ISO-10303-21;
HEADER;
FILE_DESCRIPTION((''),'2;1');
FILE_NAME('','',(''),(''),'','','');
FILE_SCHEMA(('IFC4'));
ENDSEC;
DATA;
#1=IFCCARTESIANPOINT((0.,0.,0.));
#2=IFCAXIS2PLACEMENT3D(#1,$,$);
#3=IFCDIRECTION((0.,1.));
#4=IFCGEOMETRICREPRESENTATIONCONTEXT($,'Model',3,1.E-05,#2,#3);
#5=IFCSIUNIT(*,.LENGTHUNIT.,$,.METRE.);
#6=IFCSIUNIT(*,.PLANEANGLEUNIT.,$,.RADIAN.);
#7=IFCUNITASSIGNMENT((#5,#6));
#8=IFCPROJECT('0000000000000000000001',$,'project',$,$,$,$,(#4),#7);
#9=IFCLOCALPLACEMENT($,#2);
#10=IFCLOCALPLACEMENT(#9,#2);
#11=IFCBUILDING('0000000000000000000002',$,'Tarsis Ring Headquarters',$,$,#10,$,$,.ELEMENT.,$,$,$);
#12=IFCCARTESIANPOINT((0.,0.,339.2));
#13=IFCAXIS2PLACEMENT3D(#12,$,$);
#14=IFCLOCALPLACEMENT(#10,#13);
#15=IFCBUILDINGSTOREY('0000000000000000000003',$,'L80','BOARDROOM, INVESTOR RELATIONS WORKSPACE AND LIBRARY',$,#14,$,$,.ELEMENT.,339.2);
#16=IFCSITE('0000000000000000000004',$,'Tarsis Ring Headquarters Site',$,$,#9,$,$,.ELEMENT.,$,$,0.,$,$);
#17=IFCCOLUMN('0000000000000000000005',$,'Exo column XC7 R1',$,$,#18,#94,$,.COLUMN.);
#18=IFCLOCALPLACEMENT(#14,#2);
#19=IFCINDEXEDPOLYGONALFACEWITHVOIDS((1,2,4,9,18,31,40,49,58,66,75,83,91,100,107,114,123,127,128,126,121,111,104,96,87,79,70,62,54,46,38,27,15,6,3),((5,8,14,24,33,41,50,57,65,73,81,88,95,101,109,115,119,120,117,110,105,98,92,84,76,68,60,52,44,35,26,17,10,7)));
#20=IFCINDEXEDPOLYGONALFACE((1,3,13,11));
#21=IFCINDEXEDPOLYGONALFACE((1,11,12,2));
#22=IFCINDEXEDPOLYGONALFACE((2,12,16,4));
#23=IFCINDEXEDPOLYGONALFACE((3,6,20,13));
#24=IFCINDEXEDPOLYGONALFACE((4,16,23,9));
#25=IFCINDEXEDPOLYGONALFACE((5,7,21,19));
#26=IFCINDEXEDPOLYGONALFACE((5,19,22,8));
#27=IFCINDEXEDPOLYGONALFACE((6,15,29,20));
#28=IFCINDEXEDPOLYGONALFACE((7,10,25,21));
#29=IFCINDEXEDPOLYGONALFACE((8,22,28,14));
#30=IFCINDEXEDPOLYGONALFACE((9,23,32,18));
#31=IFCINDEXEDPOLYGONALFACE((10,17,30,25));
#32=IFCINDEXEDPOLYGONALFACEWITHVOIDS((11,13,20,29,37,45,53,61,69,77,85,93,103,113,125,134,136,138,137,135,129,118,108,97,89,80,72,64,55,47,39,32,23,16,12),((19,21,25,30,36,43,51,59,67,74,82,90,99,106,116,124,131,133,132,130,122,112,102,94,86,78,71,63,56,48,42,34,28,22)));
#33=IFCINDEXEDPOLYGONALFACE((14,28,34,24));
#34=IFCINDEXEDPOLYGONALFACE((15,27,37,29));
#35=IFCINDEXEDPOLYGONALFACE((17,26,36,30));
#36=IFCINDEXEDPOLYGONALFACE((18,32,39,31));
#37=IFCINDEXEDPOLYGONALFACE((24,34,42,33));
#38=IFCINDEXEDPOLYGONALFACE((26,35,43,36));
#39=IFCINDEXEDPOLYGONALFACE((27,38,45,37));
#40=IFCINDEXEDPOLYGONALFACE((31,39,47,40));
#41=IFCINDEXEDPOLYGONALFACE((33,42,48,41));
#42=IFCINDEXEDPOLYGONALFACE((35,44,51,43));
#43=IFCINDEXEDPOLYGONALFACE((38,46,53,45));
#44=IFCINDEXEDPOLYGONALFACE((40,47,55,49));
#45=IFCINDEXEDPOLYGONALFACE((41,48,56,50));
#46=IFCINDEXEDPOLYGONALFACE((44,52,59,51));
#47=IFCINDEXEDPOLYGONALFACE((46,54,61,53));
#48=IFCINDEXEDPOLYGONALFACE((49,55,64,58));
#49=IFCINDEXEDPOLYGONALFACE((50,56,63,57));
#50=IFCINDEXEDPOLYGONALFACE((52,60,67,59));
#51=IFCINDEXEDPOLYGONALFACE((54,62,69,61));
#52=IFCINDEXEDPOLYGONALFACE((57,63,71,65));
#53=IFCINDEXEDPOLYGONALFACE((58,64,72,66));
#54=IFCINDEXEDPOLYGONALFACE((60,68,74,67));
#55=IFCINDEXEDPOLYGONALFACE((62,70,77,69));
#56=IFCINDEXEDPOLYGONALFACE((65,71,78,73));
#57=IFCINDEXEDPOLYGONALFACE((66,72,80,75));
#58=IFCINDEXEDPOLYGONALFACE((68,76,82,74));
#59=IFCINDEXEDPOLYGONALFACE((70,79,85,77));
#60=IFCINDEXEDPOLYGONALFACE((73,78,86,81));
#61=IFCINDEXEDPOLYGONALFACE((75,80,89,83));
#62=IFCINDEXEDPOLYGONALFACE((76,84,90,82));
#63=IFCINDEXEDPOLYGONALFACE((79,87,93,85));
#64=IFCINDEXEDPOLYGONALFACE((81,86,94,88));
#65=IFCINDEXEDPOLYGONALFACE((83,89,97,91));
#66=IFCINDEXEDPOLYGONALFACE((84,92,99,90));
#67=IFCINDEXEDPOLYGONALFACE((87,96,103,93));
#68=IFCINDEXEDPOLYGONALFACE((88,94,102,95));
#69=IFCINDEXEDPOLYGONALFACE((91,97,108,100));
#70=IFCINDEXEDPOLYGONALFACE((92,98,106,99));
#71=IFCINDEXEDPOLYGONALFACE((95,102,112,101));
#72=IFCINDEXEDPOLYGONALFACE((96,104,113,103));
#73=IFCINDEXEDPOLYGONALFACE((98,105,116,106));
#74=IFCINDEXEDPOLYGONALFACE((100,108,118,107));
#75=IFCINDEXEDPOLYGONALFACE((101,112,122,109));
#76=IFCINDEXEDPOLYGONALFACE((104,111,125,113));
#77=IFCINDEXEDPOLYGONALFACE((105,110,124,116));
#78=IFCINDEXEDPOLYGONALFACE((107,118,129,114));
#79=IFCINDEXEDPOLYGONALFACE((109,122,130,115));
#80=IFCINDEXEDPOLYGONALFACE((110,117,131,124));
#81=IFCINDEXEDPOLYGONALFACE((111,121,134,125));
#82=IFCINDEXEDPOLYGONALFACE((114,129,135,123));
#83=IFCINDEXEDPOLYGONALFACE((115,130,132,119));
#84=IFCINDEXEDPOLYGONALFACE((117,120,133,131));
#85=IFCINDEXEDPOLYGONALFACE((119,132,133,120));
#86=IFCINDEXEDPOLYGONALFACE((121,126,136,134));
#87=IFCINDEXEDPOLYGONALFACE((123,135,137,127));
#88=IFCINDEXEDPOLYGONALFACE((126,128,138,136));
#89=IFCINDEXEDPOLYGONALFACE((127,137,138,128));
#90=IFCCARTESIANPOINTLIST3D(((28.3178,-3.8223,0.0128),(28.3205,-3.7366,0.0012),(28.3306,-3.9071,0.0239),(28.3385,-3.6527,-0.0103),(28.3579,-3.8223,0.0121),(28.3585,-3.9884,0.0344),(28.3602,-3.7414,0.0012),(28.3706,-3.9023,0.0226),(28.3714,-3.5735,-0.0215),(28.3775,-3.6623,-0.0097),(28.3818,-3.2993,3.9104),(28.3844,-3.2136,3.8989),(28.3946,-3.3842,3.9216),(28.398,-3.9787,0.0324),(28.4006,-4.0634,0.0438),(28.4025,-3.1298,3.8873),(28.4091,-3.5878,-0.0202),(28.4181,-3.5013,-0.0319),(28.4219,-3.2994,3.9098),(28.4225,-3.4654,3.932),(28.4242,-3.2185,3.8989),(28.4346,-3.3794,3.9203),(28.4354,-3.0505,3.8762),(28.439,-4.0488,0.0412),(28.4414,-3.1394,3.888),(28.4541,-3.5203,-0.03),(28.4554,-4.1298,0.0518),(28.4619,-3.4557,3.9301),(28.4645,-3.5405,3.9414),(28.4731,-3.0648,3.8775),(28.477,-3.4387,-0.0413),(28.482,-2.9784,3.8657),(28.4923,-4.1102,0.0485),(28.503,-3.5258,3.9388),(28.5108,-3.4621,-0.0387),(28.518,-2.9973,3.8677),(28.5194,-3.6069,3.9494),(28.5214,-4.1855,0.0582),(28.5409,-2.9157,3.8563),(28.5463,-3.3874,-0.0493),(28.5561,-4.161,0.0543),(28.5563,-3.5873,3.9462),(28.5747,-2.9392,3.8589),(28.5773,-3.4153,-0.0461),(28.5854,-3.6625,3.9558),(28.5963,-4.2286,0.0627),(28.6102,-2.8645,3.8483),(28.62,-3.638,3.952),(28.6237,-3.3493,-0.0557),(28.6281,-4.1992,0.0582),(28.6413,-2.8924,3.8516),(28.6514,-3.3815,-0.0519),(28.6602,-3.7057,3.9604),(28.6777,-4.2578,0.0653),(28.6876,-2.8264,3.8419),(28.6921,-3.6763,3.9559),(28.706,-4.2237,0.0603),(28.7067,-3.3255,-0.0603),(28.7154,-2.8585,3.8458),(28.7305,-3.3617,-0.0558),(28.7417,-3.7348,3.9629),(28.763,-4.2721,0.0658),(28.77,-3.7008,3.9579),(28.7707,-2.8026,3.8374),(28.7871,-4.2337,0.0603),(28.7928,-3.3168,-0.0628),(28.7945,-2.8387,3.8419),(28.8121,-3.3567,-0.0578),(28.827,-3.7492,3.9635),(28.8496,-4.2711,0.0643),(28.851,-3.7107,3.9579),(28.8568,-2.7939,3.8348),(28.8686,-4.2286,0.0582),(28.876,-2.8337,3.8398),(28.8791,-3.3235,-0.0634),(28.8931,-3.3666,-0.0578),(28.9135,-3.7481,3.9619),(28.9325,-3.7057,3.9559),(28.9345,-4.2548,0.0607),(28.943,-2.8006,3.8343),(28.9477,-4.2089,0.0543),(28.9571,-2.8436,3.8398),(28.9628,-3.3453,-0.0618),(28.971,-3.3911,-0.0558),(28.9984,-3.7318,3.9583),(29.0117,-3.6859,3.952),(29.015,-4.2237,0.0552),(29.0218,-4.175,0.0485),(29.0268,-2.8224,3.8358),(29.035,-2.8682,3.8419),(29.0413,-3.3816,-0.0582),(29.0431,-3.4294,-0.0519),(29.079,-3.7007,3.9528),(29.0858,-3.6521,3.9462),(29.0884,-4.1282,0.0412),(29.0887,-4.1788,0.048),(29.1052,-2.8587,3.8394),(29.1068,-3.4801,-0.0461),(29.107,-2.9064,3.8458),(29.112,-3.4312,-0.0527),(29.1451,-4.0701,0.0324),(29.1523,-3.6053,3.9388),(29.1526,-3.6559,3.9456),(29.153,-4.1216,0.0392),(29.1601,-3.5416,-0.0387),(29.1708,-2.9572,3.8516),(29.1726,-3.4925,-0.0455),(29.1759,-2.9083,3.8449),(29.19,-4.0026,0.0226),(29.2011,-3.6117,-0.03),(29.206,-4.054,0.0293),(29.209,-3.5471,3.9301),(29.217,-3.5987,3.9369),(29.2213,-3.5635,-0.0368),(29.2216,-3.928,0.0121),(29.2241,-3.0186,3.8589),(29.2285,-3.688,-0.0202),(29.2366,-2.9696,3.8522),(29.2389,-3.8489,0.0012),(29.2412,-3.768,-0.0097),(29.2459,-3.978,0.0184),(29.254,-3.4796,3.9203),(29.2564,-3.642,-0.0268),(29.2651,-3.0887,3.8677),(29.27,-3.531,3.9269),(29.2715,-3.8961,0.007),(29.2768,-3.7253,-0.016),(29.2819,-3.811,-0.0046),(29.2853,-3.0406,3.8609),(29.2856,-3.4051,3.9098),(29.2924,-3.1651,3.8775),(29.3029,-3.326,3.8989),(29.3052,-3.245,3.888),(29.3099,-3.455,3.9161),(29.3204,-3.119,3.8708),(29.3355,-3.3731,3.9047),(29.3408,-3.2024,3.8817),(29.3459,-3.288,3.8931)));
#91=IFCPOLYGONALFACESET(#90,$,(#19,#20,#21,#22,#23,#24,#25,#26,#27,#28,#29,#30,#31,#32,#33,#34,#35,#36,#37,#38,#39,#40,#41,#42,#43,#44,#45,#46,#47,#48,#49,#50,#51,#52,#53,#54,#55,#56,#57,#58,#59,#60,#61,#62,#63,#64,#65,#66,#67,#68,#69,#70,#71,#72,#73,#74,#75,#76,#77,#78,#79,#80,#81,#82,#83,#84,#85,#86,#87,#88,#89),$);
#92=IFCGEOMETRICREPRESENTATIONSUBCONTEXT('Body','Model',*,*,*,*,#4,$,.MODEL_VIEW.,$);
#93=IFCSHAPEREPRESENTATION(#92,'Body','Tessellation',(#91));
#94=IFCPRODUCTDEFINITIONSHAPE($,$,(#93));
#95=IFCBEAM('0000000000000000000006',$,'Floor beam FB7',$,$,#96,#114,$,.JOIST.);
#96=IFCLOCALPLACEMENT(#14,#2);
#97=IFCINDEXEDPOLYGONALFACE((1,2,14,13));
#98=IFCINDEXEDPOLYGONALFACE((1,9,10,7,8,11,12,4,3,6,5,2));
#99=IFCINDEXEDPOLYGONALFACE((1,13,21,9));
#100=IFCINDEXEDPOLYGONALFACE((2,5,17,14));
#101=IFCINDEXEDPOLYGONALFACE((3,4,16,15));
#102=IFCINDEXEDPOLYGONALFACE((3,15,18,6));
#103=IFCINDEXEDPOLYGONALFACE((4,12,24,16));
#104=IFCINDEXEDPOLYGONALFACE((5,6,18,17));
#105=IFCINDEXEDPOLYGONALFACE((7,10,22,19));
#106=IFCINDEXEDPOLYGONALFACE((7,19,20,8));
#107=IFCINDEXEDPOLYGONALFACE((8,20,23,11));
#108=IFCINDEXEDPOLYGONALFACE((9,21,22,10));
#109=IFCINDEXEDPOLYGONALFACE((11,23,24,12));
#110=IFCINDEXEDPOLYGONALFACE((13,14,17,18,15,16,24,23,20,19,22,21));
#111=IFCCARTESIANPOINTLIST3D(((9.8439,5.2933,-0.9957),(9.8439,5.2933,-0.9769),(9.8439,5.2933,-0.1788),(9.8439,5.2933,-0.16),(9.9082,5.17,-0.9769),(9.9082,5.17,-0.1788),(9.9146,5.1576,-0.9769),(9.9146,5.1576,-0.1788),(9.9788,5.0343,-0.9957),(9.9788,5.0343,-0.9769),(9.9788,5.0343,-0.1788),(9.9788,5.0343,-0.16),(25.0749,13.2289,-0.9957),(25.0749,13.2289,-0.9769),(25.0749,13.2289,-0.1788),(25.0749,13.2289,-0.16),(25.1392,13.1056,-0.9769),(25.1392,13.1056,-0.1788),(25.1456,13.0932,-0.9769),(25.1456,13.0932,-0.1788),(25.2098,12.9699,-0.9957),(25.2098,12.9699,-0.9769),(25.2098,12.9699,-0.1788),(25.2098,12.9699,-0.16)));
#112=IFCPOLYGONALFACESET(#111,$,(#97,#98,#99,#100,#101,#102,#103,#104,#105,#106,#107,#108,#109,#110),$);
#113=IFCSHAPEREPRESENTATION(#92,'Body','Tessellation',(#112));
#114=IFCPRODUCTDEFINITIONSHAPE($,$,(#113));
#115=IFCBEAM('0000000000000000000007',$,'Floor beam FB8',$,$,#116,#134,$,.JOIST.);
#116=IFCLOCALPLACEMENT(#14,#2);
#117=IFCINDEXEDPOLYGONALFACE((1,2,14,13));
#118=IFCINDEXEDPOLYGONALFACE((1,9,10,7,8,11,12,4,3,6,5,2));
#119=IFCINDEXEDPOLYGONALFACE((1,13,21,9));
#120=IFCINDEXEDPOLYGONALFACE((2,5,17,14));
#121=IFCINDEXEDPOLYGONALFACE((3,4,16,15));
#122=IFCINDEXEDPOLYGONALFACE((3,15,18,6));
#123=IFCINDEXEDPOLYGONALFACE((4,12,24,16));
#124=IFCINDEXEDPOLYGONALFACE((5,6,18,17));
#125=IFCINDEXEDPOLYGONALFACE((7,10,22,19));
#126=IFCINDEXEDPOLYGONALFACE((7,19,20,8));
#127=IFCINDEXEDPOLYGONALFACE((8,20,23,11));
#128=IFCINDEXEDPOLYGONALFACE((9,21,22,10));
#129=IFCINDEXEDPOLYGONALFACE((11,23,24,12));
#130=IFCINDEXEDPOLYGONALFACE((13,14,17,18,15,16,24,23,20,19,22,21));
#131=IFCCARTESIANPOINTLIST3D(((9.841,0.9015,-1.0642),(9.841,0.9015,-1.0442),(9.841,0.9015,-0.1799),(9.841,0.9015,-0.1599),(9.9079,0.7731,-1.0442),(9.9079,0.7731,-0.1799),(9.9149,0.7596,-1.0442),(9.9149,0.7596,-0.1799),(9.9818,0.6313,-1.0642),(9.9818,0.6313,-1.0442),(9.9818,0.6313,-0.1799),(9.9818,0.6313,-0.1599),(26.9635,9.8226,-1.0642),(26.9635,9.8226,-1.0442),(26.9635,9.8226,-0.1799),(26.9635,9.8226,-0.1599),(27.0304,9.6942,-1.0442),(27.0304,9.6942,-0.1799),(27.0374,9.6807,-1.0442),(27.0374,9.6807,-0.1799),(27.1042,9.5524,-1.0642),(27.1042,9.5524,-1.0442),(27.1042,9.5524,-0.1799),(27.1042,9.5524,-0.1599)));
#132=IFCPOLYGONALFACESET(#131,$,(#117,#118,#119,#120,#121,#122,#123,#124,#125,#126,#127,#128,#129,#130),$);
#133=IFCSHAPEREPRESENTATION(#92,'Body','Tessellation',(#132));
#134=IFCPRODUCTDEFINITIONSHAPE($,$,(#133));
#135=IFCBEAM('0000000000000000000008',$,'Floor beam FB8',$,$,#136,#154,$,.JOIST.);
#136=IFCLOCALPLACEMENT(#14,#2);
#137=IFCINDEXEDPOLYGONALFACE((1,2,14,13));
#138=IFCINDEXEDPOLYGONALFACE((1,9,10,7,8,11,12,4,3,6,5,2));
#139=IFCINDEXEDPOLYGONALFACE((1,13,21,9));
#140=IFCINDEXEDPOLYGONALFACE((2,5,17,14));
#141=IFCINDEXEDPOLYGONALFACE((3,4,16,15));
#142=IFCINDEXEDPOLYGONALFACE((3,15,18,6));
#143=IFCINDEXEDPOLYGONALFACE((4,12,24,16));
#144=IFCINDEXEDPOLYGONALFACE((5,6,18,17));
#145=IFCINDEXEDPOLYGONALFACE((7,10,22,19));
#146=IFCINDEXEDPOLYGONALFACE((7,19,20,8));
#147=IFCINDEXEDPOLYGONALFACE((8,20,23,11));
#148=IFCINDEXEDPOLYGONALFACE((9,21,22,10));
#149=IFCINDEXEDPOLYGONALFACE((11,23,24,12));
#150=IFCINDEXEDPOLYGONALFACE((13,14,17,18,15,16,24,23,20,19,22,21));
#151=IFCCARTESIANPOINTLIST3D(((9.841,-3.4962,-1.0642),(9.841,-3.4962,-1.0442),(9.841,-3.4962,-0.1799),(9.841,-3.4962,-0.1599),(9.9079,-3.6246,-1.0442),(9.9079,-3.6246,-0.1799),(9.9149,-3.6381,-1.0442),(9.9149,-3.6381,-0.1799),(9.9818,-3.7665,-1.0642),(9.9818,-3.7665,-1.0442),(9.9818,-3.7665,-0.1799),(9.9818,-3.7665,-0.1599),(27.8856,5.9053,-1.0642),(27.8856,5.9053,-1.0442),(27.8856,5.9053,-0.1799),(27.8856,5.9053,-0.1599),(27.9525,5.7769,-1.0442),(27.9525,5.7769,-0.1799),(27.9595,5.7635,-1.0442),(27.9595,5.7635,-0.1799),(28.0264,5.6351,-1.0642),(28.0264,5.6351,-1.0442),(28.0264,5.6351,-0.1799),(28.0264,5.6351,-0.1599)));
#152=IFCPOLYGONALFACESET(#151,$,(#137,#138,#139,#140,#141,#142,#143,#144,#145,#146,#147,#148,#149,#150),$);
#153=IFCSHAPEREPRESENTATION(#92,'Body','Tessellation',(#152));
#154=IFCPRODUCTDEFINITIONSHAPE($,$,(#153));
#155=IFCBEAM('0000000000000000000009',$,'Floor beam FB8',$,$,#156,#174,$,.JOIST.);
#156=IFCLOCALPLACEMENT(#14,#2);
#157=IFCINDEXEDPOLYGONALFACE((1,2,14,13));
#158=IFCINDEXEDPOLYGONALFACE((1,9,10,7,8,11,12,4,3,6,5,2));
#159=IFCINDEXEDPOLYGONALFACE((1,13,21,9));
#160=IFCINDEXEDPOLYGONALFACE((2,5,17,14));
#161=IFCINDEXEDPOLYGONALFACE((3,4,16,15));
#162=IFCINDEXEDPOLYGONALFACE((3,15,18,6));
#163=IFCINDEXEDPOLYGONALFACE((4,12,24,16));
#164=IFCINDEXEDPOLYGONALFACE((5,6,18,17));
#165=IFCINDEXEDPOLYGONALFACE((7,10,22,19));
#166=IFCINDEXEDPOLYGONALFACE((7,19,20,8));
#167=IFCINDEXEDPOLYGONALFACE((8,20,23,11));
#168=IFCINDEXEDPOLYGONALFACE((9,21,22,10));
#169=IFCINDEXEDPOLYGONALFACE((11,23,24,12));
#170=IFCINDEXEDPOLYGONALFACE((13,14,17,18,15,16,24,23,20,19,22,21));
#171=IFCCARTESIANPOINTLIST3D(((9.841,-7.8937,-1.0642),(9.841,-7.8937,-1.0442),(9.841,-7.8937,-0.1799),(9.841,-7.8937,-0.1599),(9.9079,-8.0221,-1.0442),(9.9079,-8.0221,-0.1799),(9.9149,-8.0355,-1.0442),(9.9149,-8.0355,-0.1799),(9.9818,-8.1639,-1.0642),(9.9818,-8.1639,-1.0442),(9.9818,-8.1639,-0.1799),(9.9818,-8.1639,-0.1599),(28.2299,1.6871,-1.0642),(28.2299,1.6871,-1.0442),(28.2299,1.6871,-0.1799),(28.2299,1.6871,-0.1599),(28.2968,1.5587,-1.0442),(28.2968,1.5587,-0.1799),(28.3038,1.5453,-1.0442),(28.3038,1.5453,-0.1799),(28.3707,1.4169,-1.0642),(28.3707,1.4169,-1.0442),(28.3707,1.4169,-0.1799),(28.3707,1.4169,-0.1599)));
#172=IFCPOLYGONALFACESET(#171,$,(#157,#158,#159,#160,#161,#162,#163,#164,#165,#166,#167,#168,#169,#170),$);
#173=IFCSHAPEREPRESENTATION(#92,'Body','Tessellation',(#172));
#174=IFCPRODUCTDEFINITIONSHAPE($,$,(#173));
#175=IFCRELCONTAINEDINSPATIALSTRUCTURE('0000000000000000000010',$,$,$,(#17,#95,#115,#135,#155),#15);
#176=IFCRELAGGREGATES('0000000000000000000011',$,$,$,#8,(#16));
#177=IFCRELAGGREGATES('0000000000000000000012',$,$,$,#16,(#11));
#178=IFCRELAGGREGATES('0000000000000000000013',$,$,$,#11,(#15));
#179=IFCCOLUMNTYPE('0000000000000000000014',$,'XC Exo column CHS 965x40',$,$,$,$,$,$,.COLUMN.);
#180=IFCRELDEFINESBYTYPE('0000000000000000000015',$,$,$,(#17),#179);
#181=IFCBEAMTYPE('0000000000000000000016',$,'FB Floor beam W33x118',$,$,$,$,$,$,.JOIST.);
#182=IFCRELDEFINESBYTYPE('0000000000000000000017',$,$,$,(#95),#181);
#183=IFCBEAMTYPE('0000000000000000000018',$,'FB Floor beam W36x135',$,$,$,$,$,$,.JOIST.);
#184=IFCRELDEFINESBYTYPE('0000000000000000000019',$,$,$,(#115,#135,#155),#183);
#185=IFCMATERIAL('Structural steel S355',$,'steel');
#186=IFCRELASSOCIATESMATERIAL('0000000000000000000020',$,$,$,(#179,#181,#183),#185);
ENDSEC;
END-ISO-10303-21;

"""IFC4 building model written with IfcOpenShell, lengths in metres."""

from ifc_helpers import new_model, si_unit, direction, frame, origin, origin_2d, place, context, subcontext, project, spatial, hollow_circle, i_section, extrude, material, material_profile, profile_set, type_object, element, save


model = new_model("IFC4")

# Units and contexts
model_context = context("Model", 3, precision=1e-05, world=origin(), true_north=direction((0.0, 1.0)))
body_context = subcontext(model_context, "Body", "Model", "MODEL_VIEW")
ifc_project = project(units=[si_unit("LENGTHUNIT", "METRE"), si_unit("PLANEANGLEUNIT", "RADIAN")], contexts=[model_context])

# Site, building, storey
site_placement = place(None, origin())
site = spatial("IfcSite", under=ifc_project, at=site_placement, Name="Tarsis Ring Headquarters Site", CompositionType="ELEMENT", RefElevation=0.0)
building_placement = place(site_placement, origin())
building = spatial("IfcBuilding", under=site, at=building_placement, Name="Tarsis Ring Headquarters", CompositionType="ELEMENT")
storey_placement = place(building_placement, frame((0.0, 0.0, 339.2)))
storey = spatial("IfcBuildingStorey", under=building, at=storey_placement, Name="L80", Description="BOARDROOM, INVESTOR RELATIONS WORKSPACE AND LIBRARY", CompositionType="ELEMENT", Elevation=339.2)

# Column
ifc_material_1 = material(Name="Structural steel S355", Category="steel")
ifc_material_profile_1 = material_profile(ifc_material_1, hollow_circle(Radius=0.4827, WallThickness=0.04, at=origin_2d()), Name="CHS 965x40")
ifc_profile_set_1 = profile_set([ifc_material_profile_1], Name="Structural steel S355")
column_type = type_object("IfcColumnType", Name="XC Exo column CHS 965x40", PredefinedType="COLUMN", material=ifc_profile_set_1)
column_placement = place(storey_placement, frame((28.7996, -3.7952, 0.0012), z_axis=(0.016263, 0.132959, 0.990988), x_axis=(-0.992602, 0.121411, 0.0)))
element("IfcColumn", 1, at=column_placement, inside=storey, type_object=column_type, Name="Exo column XC7 R1", PredefinedType="COLUMN", context=body_context, shape_type="SweptSolid", body=[
    extrude(hollow_circle(Radius=0.4827, WallThickness=0.04, at=origin_2d()), origin(), (0.0, 0.0, 1.0), 3.9331),
])

# Beams
ifc_material_profile_2 = material_profile(ifc_material_1, i_section(OverallWidth=0.292, OverallDepth=0.8357, WebThickness=0.0139, FlangeThickness=0.0188, at=origin_2d()), Name="W33x118")
ifc_profile_set_2 = profile_set([ifc_material_profile_2], Name="Structural steel S355")
beam_type_1 = type_object("IfcBeamType", Name="FB Floor beam W33x118", PredefinedType="JOIST", material=ifc_profile_set_2)
beam_1_placement = place(storey_placement, frame((9.9114, 5.1638, -0.5779), z_axis=(0.886848, 0.462061, 0.0), x_axis=(-0.462061, 0.886848, 0.0)))
element("IfcBeam", 2, at=beam_1_placement, inside=storey, type_object=beam_type_1, Name="Floor beam FB7", PredefinedType="JOIST", context=body_context, shape_type="SweptSolid", body=[
    extrude(i_section(OverallWidth=0.292, OverallDepth=0.8357, WebThickness=0.0139, FlangeThickness=0.0188, at=origin_2d()), origin(), (0.0, 0.0, 1.0), 17.1743),
])
ifc_material_profile_3 = material_profile(ifc_material_1, i_section(OverallWidth=0.3047, OverallDepth=0.9043, WebThickness=0.0151, FlangeThickness=0.02, at=origin_2d()), Name="W36x135")
ifc_profile_set_3 = profile_set([ifc_material_profile_3], Name="Structural steel S355")
beam_type_2 = type_object("IfcBeamType", Name="FB Floor beam W36x135", PredefinedType="JOIST", material=ifc_profile_set_3)
beam_2_placement = place(storey_placement, frame((9.9114, 0.7664, -0.6121), z_axis=(0.886847, 0.462062, 0.0), x_axis=(-0.462062, 0.886847, 0.0)))
element("IfcBeam", 3, at=beam_2_placement, inside=storey, type_object=beam_type_2, Name="Floor beam FB8", PredefinedType="JOIST", context=body_context, shape_type="SweptSolid", body=[
    extrude(i_section(OverallWidth=0.3047, OverallDepth=0.9043, WebThickness=0.0151, FlangeThickness=0.02, at=origin_2d()), origin(), (0.0, 0.0, 1.0), 19.3071),
])
beam_3_placement = place(storey_placement, frame((9.9114, -3.6313, -0.6121), z_axis=(0.886847, 0.462064, 0.0), x_axis=(-0.462064, 0.886847, 0.0)))
element("IfcBeam", 4, at=beam_3_placement, inside=storey, type_object=beam_type_2, Name="Floor beam FB8", PredefinedType="JOIST", context=body_context, shape_type="SweptSolid", body=[
    extrude(i_section(OverallWidth=0.3047, OverallDepth=0.9043, WebThickness=0.0151, FlangeThickness=0.02, at=origin_2d()), origin(), (0.0, 0.0, 1.0), 20.3469),
])
beam_4_placement = place(storey_placement, frame((9.9114, -8.0288, -0.6121), z_axis=(0.88685, 0.462058, 0.0), x_axis=(-0.462058, 0.88685, 0.0)))
element("IfcBeam", 5, at=beam_4_placement, inside=storey, type_object=beam_type_2, Name="Floor beam FB8", PredefinedType="JOIST", context=body_context, shape_type="SweptSolid", body=[
    extrude(i_section(OverallWidth=0.3047, OverallDepth=0.9043, WebThickness=0.0151, FlangeThickness=0.02, at=origin_2d()), origin(), (0.0, 0.0, 1.0), 20.7351),
])

save(model, "model.ifc")
